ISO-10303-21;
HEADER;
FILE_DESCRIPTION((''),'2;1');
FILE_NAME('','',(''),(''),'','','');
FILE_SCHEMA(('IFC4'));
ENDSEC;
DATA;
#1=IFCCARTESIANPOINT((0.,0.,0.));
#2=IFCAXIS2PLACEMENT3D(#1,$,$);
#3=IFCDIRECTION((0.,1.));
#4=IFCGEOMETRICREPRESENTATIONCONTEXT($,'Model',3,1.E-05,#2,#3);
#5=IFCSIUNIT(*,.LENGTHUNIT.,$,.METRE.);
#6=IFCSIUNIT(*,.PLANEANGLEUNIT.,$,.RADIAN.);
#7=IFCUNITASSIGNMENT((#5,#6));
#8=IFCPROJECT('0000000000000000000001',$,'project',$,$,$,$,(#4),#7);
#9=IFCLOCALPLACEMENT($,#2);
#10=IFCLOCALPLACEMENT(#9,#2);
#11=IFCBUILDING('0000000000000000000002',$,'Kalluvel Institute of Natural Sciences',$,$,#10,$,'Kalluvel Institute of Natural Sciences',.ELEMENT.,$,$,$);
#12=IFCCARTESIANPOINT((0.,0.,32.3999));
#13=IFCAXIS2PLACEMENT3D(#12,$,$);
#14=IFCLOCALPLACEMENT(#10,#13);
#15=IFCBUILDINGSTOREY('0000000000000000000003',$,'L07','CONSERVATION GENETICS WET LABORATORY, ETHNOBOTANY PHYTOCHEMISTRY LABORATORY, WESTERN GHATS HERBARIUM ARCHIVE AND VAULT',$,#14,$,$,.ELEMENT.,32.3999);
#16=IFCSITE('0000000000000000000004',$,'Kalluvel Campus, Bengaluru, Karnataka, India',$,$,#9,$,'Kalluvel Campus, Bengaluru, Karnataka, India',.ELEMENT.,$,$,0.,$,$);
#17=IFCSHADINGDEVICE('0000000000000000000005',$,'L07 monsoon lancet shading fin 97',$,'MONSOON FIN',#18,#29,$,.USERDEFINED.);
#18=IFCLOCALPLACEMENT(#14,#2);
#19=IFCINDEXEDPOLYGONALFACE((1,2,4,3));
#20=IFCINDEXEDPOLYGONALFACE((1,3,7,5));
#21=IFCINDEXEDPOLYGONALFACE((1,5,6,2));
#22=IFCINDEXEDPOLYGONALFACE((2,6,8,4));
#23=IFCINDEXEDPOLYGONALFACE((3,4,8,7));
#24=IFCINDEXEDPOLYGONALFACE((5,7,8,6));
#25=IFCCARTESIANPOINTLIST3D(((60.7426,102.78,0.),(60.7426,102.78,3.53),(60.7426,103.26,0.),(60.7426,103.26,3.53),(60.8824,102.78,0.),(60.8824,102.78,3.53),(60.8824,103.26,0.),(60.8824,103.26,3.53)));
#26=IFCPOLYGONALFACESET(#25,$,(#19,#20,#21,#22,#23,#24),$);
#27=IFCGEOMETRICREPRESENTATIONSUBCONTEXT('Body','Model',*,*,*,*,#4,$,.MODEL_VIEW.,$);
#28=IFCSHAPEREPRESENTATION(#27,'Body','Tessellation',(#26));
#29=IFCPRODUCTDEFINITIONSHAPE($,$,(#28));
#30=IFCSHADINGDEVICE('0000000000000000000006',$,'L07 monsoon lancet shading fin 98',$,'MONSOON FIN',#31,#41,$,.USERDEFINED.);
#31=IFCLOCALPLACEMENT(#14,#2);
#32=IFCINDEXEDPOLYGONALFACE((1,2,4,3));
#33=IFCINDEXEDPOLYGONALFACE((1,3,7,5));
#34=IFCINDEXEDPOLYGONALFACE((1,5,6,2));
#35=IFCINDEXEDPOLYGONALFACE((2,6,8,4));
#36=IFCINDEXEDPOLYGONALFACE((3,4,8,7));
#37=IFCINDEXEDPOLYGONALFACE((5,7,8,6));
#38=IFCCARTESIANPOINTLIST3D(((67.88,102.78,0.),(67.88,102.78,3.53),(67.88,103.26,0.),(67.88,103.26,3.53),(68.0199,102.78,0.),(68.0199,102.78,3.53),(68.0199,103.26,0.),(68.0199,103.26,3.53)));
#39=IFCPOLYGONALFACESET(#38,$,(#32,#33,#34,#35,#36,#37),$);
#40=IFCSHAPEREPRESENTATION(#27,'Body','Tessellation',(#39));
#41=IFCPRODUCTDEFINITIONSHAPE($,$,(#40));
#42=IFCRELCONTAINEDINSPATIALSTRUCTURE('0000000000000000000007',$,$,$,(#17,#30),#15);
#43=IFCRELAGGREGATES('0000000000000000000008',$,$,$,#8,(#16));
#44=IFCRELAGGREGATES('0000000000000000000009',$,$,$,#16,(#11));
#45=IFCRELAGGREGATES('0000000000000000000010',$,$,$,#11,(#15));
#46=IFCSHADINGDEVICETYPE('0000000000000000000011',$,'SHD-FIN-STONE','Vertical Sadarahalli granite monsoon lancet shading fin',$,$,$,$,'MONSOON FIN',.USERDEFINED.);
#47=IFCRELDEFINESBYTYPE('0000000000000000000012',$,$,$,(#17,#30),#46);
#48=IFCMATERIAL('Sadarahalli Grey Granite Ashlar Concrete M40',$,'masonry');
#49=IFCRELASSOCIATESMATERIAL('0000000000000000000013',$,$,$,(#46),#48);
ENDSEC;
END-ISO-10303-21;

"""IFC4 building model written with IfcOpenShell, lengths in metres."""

from ifc_helpers import new_model, si_unit, direction, frame, origin, origin_2d, place, context, subcontext, project, spatial, rectangle, extrude, material, type_object, element, save


model = new_model("IFC4")

# Units and contexts
model_context = context("Model", 3, precision=1e-05, world=origin(), true_north=direction((0.0, 1.0)))
body_context = subcontext(model_context, "Body", "Model", "MODEL_VIEW")
ifc_project = project(units=[si_unit("LENGTHUNIT", "METRE"), si_unit("PLANEANGLEUNIT", "RADIAN")], contexts=[model_context])

# Site, building, storey
site_placement = place(None, origin())
site = spatial("IfcSite", under=ifc_project, at=site_placement, Name="Kalluvel Campus, Bengaluru, Karnataka, India", LongName="Kalluvel Campus, Bengaluru, Karnataka, India", CompositionType="ELEMENT", RefElevation=0.0)
building_placement = place(site_placement, origin())
building = spatial("IfcBuilding", under=site, at=building_placement, Name="Kalluvel Institute of Natural Sciences", LongName="Kalluvel Institute of Natural Sciences", CompositionType="ELEMENT")
storey_placement = place(building_placement, frame((0.0, 0.0, 32.3999)))
storey = spatial("IfcBuildingStorey", under=building, at=storey_placement, Name="L07", Description="CONSERVATION GENETICS WET LABORATORY, ETHNOBOTANY PHYTOCHEMISTRY LABORATORY, WESTERN GHATS HERBARIUM ARCHIVE AND VAULT", CompositionType="ELEMENT", Elevation=32.3999)

# Shading devices
ifc_material_1 = material(Name="Sadarahalli Grey Granite Ashlar Concrete M40", Category="masonry")
shading_device_type = type_object("IfcShadingDeviceType", Name="SHD-FIN-STONE", Description="Vertical Sadarahalli granite monsoon lancet shading fin", ElementType="MONSOON FIN", PredefinedType="USERDEFINED", material=ifc_material_1)
for number, where, z_axis, x_axis, name in (
    (1, (60.8125, 103.02, 0.0), (0.0, 0.0, 1.0), (1.0, 0.0, 0.0), "L07 monsoon lancet shading fin 97"),
    (2, (67.95, 103.02, 0.0), (0.0, 0.0, 1.0), (1.0, 0.0, 0.0), "L07 monsoon lancet shading fin 98"),
):
    element("IfcShadingDevice", number, at=place(storey_placement, frame(where, z_axis=z_axis, x_axis=x_axis)), inside=storey, type_object=shading_device_type, Name=name, ObjectType="MONSOON FIN", PredefinedType="USERDEFINED", context=body_context, shape_type="SweptSolid", body=[
        extrude(rectangle(XDim=0.1399, YDim=0.48, at=origin_2d()), origin(), (0.0, 0.0, 1.0), 3.53),
    ])

save(model, "model.ifc")
